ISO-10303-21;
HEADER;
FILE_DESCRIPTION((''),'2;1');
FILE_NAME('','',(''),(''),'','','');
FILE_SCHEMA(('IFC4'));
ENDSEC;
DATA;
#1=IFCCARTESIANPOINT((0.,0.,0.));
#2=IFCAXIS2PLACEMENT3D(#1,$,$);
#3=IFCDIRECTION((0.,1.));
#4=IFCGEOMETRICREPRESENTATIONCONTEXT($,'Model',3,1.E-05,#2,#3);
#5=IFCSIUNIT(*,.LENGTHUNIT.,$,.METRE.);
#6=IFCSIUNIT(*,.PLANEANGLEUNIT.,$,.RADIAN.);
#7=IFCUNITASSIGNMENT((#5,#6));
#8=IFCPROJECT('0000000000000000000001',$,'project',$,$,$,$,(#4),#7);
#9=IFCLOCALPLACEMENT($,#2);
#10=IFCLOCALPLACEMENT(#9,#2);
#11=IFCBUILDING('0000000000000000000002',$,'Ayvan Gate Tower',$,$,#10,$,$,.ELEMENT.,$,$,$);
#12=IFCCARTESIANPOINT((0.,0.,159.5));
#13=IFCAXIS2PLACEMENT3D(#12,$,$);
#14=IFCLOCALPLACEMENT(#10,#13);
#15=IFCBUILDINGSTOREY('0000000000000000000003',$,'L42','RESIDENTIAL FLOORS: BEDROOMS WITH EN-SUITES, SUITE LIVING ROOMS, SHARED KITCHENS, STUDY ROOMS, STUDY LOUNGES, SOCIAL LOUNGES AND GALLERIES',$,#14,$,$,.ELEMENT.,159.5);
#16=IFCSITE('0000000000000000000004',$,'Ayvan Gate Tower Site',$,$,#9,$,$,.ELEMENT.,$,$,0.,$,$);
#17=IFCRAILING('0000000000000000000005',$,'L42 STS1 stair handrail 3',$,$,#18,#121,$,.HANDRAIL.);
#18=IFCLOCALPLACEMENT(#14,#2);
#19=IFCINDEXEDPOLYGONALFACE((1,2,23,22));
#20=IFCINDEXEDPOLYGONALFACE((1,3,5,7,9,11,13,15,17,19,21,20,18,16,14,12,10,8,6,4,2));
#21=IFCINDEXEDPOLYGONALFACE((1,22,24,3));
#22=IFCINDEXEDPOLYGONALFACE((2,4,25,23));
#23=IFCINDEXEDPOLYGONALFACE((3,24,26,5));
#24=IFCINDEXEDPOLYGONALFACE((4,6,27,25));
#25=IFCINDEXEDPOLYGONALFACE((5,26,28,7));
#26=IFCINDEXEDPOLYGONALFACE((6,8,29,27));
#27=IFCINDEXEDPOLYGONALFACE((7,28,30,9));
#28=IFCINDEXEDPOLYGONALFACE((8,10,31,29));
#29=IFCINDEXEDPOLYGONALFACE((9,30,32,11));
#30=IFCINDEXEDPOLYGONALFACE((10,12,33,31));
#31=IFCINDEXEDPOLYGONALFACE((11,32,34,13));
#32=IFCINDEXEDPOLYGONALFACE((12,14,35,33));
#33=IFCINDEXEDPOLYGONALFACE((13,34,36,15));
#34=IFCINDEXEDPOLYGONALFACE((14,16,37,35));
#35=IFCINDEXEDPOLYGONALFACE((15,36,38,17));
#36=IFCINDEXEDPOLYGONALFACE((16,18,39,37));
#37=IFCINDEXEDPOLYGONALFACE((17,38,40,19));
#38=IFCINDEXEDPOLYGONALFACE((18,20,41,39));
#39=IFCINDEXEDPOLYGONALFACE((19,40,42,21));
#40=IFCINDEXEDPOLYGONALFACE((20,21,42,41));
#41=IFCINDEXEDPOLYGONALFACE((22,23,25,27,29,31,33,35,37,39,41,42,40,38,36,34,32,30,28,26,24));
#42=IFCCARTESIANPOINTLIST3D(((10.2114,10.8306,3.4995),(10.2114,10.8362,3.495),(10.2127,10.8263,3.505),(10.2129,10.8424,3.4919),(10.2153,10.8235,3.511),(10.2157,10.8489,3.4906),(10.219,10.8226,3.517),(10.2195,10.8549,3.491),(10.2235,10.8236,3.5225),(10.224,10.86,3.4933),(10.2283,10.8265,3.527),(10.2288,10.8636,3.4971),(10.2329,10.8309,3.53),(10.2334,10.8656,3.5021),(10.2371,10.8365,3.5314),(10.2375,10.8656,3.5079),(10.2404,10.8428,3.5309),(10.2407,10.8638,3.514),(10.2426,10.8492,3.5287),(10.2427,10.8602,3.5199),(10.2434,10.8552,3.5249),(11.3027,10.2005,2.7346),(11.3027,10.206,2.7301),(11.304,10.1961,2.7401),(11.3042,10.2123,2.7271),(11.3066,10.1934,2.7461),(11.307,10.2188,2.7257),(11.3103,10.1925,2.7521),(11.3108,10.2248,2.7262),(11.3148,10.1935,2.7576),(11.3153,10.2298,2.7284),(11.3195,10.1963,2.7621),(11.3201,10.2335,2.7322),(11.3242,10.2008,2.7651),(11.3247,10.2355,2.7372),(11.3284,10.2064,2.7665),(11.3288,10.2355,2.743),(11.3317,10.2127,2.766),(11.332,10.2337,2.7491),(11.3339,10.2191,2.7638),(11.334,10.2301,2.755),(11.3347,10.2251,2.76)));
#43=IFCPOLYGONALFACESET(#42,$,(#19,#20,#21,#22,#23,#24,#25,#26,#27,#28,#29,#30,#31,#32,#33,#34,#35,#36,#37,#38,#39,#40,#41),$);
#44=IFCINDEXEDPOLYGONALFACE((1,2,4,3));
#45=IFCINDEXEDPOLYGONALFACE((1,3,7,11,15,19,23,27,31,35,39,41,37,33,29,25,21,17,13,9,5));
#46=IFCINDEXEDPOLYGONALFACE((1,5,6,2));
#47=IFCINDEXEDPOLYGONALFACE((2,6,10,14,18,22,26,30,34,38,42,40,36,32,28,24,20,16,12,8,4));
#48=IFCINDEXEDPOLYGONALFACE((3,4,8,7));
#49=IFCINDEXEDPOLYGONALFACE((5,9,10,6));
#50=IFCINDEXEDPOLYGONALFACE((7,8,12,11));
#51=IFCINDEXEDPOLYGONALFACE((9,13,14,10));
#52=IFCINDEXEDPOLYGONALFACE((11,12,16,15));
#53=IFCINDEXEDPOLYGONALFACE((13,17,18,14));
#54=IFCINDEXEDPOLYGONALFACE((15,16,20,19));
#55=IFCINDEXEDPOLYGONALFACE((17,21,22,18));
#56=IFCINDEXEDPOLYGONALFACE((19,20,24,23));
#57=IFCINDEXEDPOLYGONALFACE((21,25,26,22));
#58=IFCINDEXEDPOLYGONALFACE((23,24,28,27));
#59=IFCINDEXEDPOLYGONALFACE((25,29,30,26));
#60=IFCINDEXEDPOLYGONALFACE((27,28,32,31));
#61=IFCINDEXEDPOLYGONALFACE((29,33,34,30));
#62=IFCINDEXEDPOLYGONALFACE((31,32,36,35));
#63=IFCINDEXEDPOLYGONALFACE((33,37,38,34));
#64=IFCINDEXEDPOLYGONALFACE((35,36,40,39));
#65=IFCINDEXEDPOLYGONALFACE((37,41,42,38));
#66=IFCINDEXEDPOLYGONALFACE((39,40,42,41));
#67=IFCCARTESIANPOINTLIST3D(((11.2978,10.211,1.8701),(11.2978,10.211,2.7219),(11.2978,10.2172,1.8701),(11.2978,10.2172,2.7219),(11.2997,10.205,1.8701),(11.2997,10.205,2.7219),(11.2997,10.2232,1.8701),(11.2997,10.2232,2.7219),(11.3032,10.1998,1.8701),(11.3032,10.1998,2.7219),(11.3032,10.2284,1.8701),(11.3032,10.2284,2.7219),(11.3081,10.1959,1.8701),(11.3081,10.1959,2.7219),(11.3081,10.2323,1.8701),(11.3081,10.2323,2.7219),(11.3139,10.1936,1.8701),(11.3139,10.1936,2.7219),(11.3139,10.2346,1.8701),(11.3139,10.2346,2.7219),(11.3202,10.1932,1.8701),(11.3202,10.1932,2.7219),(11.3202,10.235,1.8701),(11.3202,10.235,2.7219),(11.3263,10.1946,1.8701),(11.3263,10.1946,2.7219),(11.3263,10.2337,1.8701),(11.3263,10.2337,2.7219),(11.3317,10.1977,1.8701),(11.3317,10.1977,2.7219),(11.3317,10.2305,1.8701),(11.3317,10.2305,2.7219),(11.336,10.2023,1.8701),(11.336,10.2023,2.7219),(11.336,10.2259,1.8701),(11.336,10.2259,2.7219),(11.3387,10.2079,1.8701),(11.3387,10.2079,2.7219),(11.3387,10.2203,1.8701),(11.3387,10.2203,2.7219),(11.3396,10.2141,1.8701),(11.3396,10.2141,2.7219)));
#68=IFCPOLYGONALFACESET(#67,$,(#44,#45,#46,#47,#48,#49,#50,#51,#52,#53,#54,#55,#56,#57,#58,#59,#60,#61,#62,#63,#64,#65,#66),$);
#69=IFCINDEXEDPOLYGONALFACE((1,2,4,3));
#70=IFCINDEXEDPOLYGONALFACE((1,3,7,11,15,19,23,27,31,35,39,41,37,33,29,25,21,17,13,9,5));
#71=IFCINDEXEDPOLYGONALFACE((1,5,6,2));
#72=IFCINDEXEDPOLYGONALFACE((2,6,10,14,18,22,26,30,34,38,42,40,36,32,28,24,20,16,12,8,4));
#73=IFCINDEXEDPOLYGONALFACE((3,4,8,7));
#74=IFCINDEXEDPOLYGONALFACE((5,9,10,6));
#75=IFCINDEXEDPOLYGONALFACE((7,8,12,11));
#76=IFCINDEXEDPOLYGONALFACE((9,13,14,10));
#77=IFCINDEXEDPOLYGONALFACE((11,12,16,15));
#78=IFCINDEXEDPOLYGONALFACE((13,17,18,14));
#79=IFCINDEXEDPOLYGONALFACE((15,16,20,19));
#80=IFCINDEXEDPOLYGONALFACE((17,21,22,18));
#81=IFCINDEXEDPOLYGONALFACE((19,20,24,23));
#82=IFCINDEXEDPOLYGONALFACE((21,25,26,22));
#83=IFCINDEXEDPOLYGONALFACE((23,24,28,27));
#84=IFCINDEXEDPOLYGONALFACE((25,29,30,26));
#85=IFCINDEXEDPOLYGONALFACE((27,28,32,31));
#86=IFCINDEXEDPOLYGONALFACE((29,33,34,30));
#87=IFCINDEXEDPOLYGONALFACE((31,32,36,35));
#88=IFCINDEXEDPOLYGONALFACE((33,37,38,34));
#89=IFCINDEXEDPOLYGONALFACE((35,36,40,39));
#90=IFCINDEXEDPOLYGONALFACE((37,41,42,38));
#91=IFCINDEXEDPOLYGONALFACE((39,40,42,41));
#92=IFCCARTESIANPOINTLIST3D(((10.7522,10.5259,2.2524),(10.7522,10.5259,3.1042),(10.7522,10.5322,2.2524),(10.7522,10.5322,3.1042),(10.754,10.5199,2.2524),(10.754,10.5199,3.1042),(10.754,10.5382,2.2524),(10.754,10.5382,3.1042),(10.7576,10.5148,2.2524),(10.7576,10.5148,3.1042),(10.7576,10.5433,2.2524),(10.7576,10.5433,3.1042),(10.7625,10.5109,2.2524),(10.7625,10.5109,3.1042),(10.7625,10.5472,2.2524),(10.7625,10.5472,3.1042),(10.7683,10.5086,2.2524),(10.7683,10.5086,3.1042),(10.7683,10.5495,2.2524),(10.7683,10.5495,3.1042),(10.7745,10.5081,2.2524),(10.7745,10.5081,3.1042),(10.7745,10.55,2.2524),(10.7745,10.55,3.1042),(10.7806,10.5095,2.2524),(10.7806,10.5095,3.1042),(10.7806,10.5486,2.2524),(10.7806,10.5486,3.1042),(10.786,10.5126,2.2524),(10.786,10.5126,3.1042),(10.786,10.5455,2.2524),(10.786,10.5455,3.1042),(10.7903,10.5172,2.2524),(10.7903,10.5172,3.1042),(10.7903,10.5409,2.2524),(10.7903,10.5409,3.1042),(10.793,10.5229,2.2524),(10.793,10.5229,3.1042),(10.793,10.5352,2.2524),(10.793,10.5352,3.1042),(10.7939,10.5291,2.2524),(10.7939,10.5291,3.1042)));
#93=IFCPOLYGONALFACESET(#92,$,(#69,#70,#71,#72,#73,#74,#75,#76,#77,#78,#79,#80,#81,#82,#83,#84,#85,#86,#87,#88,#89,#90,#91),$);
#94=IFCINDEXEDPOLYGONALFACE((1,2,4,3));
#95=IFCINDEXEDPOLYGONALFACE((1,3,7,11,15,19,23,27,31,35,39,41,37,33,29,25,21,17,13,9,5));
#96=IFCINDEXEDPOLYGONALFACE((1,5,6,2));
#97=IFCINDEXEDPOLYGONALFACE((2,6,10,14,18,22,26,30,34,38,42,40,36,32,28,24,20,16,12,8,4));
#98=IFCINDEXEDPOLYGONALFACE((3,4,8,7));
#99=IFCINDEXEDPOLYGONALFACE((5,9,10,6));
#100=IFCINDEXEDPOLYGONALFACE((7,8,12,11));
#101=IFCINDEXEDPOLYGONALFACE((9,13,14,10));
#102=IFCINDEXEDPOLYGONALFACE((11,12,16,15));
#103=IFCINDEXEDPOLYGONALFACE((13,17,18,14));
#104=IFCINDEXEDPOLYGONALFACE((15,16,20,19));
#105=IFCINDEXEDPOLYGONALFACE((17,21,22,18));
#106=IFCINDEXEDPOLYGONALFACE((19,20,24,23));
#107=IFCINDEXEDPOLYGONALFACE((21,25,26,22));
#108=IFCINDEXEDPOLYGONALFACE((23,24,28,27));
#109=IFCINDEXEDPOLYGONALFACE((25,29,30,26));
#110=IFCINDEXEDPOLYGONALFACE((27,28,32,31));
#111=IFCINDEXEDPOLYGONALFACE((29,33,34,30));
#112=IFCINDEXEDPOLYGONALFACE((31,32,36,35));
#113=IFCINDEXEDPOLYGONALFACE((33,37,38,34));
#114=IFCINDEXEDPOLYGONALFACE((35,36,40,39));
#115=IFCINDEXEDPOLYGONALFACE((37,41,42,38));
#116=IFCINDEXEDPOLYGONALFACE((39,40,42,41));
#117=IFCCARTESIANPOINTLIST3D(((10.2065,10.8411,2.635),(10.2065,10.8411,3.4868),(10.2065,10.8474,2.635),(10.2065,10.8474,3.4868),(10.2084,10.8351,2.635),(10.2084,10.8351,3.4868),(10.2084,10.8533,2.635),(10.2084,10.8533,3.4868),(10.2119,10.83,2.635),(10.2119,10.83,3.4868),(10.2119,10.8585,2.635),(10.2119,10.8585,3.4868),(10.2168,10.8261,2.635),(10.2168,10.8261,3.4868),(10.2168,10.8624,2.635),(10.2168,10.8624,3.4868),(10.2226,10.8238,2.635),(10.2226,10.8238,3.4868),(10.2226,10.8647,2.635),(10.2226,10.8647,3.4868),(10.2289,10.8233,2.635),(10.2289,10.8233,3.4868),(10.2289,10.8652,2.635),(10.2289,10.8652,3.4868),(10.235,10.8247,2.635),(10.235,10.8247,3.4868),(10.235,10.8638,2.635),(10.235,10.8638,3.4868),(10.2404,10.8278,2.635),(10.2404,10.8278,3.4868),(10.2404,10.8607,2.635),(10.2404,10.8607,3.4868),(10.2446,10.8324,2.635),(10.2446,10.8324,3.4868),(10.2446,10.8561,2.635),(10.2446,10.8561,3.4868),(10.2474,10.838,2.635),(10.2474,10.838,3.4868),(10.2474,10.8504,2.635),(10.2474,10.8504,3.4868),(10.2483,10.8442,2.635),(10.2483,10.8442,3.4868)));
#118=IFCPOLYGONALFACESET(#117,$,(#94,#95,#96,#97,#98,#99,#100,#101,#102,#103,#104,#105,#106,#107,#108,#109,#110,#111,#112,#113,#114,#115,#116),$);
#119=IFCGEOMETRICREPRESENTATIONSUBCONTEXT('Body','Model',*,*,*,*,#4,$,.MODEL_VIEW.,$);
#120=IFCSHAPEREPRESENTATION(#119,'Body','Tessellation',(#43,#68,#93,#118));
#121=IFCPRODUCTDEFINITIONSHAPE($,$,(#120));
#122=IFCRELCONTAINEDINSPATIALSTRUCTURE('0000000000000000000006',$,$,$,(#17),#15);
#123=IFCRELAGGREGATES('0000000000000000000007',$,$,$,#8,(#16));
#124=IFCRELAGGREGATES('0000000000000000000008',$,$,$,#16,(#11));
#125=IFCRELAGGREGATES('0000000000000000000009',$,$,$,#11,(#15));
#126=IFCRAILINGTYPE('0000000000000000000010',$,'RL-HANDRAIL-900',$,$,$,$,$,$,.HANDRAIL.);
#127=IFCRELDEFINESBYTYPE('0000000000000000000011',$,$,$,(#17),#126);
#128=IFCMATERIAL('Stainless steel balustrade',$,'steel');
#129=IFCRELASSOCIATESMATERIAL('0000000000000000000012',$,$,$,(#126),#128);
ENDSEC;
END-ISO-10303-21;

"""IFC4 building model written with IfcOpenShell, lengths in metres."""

from ifc_helpers import new_model, si_unit, direction, frame, origin, origin_2d, place, context, subcontext, project, spatial, circle, extrude, material, type_object, element, save


model = new_model("IFC4")

# Units and contexts
model_context = context("Model", 3, precision=1e-05, world=origin(), true_north=direction((0.0, 1.0)))
body_context = subcontext(model_context, "Body", "Model", "MODEL_VIEW")
ifc_project = project(units=[si_unit("LENGTHUNIT", "METRE"), si_unit("PLANEANGLEUNIT", "RADIAN")], contexts=[model_context])

# Site, building, storey
site_placement = place(None, origin())
site = spatial("IfcSite", under=ifc_project, at=site_placement, Name="Ayvan Gate Tower Site", CompositionType="ELEMENT", RefElevation=0.0)
building_placement = place(site_placement, origin())
building = spatial("IfcBuilding", under=site, at=building_placement, Name="Ayvan Gate Tower", CompositionType="ELEMENT")
storey_placement = place(building_placement, frame((0.0, 0.0, 159.5)))
storey = spatial("IfcBuildingStorey", under=building, at=storey_placement, Name="L42", Description="RESIDENTIAL FLOORS: BEDROOMS WITH EN-SUITES, SUITE LIVING ROOMS, SHARED KITCHENS, STUDY ROOMS, STUDY LOUNGES, SOCIAL LOUNGES AND GALLERIES", CompositionType="ELEMENT", Elevation=159.5)

# Railing
ifc_material_1 = material(Name="Stainless steel balustrade", Category="steel")
railing_type_1 = type_object("IfcRailingType", Name="RL-HANDRAIL-900", PredefinedType="HANDRAIL", material=ifc_material_1)
railing_1_placement = place(storey_placement, frame((11.3186, 10.2141, 1.8701)))
element("IfcRailing", 1, at=railing_1_placement, inside=storey, type_object=railing_type_1, Name="L42 STS1 stair handrail 3", PredefinedType="HANDRAIL", context=body_context, shape_type="SweptSolid", body=[
    extrude(circle(Radius=0.0239, at=origin_2d()), frame((0.0, 0.0, 0.876), z_axis=(-0.740304, 0.427455, 0.518875), x_axis=(-0.500035, -0.866005, 0.0)), (0.0, 0.0, 1.0), 1.4741),
    extrude(circle(Radius=0.021, at=origin_2d()), origin(), (0.0, 0.0, 1.0), 0.8518),
    extrude(circle(Radius=0.021, at=origin_2d()), frame((-0.5457, 0.3149, 0.3823)), (0.0, 0.0, 1.0), 0.8518),
    extrude(circle(Radius=0.021, at=origin_2d()), frame((-1.0913, 0.6301, 0.7649)), (0.0, 0.0, 1.0), 0.8518),
])

save(model, "model.ifc")
